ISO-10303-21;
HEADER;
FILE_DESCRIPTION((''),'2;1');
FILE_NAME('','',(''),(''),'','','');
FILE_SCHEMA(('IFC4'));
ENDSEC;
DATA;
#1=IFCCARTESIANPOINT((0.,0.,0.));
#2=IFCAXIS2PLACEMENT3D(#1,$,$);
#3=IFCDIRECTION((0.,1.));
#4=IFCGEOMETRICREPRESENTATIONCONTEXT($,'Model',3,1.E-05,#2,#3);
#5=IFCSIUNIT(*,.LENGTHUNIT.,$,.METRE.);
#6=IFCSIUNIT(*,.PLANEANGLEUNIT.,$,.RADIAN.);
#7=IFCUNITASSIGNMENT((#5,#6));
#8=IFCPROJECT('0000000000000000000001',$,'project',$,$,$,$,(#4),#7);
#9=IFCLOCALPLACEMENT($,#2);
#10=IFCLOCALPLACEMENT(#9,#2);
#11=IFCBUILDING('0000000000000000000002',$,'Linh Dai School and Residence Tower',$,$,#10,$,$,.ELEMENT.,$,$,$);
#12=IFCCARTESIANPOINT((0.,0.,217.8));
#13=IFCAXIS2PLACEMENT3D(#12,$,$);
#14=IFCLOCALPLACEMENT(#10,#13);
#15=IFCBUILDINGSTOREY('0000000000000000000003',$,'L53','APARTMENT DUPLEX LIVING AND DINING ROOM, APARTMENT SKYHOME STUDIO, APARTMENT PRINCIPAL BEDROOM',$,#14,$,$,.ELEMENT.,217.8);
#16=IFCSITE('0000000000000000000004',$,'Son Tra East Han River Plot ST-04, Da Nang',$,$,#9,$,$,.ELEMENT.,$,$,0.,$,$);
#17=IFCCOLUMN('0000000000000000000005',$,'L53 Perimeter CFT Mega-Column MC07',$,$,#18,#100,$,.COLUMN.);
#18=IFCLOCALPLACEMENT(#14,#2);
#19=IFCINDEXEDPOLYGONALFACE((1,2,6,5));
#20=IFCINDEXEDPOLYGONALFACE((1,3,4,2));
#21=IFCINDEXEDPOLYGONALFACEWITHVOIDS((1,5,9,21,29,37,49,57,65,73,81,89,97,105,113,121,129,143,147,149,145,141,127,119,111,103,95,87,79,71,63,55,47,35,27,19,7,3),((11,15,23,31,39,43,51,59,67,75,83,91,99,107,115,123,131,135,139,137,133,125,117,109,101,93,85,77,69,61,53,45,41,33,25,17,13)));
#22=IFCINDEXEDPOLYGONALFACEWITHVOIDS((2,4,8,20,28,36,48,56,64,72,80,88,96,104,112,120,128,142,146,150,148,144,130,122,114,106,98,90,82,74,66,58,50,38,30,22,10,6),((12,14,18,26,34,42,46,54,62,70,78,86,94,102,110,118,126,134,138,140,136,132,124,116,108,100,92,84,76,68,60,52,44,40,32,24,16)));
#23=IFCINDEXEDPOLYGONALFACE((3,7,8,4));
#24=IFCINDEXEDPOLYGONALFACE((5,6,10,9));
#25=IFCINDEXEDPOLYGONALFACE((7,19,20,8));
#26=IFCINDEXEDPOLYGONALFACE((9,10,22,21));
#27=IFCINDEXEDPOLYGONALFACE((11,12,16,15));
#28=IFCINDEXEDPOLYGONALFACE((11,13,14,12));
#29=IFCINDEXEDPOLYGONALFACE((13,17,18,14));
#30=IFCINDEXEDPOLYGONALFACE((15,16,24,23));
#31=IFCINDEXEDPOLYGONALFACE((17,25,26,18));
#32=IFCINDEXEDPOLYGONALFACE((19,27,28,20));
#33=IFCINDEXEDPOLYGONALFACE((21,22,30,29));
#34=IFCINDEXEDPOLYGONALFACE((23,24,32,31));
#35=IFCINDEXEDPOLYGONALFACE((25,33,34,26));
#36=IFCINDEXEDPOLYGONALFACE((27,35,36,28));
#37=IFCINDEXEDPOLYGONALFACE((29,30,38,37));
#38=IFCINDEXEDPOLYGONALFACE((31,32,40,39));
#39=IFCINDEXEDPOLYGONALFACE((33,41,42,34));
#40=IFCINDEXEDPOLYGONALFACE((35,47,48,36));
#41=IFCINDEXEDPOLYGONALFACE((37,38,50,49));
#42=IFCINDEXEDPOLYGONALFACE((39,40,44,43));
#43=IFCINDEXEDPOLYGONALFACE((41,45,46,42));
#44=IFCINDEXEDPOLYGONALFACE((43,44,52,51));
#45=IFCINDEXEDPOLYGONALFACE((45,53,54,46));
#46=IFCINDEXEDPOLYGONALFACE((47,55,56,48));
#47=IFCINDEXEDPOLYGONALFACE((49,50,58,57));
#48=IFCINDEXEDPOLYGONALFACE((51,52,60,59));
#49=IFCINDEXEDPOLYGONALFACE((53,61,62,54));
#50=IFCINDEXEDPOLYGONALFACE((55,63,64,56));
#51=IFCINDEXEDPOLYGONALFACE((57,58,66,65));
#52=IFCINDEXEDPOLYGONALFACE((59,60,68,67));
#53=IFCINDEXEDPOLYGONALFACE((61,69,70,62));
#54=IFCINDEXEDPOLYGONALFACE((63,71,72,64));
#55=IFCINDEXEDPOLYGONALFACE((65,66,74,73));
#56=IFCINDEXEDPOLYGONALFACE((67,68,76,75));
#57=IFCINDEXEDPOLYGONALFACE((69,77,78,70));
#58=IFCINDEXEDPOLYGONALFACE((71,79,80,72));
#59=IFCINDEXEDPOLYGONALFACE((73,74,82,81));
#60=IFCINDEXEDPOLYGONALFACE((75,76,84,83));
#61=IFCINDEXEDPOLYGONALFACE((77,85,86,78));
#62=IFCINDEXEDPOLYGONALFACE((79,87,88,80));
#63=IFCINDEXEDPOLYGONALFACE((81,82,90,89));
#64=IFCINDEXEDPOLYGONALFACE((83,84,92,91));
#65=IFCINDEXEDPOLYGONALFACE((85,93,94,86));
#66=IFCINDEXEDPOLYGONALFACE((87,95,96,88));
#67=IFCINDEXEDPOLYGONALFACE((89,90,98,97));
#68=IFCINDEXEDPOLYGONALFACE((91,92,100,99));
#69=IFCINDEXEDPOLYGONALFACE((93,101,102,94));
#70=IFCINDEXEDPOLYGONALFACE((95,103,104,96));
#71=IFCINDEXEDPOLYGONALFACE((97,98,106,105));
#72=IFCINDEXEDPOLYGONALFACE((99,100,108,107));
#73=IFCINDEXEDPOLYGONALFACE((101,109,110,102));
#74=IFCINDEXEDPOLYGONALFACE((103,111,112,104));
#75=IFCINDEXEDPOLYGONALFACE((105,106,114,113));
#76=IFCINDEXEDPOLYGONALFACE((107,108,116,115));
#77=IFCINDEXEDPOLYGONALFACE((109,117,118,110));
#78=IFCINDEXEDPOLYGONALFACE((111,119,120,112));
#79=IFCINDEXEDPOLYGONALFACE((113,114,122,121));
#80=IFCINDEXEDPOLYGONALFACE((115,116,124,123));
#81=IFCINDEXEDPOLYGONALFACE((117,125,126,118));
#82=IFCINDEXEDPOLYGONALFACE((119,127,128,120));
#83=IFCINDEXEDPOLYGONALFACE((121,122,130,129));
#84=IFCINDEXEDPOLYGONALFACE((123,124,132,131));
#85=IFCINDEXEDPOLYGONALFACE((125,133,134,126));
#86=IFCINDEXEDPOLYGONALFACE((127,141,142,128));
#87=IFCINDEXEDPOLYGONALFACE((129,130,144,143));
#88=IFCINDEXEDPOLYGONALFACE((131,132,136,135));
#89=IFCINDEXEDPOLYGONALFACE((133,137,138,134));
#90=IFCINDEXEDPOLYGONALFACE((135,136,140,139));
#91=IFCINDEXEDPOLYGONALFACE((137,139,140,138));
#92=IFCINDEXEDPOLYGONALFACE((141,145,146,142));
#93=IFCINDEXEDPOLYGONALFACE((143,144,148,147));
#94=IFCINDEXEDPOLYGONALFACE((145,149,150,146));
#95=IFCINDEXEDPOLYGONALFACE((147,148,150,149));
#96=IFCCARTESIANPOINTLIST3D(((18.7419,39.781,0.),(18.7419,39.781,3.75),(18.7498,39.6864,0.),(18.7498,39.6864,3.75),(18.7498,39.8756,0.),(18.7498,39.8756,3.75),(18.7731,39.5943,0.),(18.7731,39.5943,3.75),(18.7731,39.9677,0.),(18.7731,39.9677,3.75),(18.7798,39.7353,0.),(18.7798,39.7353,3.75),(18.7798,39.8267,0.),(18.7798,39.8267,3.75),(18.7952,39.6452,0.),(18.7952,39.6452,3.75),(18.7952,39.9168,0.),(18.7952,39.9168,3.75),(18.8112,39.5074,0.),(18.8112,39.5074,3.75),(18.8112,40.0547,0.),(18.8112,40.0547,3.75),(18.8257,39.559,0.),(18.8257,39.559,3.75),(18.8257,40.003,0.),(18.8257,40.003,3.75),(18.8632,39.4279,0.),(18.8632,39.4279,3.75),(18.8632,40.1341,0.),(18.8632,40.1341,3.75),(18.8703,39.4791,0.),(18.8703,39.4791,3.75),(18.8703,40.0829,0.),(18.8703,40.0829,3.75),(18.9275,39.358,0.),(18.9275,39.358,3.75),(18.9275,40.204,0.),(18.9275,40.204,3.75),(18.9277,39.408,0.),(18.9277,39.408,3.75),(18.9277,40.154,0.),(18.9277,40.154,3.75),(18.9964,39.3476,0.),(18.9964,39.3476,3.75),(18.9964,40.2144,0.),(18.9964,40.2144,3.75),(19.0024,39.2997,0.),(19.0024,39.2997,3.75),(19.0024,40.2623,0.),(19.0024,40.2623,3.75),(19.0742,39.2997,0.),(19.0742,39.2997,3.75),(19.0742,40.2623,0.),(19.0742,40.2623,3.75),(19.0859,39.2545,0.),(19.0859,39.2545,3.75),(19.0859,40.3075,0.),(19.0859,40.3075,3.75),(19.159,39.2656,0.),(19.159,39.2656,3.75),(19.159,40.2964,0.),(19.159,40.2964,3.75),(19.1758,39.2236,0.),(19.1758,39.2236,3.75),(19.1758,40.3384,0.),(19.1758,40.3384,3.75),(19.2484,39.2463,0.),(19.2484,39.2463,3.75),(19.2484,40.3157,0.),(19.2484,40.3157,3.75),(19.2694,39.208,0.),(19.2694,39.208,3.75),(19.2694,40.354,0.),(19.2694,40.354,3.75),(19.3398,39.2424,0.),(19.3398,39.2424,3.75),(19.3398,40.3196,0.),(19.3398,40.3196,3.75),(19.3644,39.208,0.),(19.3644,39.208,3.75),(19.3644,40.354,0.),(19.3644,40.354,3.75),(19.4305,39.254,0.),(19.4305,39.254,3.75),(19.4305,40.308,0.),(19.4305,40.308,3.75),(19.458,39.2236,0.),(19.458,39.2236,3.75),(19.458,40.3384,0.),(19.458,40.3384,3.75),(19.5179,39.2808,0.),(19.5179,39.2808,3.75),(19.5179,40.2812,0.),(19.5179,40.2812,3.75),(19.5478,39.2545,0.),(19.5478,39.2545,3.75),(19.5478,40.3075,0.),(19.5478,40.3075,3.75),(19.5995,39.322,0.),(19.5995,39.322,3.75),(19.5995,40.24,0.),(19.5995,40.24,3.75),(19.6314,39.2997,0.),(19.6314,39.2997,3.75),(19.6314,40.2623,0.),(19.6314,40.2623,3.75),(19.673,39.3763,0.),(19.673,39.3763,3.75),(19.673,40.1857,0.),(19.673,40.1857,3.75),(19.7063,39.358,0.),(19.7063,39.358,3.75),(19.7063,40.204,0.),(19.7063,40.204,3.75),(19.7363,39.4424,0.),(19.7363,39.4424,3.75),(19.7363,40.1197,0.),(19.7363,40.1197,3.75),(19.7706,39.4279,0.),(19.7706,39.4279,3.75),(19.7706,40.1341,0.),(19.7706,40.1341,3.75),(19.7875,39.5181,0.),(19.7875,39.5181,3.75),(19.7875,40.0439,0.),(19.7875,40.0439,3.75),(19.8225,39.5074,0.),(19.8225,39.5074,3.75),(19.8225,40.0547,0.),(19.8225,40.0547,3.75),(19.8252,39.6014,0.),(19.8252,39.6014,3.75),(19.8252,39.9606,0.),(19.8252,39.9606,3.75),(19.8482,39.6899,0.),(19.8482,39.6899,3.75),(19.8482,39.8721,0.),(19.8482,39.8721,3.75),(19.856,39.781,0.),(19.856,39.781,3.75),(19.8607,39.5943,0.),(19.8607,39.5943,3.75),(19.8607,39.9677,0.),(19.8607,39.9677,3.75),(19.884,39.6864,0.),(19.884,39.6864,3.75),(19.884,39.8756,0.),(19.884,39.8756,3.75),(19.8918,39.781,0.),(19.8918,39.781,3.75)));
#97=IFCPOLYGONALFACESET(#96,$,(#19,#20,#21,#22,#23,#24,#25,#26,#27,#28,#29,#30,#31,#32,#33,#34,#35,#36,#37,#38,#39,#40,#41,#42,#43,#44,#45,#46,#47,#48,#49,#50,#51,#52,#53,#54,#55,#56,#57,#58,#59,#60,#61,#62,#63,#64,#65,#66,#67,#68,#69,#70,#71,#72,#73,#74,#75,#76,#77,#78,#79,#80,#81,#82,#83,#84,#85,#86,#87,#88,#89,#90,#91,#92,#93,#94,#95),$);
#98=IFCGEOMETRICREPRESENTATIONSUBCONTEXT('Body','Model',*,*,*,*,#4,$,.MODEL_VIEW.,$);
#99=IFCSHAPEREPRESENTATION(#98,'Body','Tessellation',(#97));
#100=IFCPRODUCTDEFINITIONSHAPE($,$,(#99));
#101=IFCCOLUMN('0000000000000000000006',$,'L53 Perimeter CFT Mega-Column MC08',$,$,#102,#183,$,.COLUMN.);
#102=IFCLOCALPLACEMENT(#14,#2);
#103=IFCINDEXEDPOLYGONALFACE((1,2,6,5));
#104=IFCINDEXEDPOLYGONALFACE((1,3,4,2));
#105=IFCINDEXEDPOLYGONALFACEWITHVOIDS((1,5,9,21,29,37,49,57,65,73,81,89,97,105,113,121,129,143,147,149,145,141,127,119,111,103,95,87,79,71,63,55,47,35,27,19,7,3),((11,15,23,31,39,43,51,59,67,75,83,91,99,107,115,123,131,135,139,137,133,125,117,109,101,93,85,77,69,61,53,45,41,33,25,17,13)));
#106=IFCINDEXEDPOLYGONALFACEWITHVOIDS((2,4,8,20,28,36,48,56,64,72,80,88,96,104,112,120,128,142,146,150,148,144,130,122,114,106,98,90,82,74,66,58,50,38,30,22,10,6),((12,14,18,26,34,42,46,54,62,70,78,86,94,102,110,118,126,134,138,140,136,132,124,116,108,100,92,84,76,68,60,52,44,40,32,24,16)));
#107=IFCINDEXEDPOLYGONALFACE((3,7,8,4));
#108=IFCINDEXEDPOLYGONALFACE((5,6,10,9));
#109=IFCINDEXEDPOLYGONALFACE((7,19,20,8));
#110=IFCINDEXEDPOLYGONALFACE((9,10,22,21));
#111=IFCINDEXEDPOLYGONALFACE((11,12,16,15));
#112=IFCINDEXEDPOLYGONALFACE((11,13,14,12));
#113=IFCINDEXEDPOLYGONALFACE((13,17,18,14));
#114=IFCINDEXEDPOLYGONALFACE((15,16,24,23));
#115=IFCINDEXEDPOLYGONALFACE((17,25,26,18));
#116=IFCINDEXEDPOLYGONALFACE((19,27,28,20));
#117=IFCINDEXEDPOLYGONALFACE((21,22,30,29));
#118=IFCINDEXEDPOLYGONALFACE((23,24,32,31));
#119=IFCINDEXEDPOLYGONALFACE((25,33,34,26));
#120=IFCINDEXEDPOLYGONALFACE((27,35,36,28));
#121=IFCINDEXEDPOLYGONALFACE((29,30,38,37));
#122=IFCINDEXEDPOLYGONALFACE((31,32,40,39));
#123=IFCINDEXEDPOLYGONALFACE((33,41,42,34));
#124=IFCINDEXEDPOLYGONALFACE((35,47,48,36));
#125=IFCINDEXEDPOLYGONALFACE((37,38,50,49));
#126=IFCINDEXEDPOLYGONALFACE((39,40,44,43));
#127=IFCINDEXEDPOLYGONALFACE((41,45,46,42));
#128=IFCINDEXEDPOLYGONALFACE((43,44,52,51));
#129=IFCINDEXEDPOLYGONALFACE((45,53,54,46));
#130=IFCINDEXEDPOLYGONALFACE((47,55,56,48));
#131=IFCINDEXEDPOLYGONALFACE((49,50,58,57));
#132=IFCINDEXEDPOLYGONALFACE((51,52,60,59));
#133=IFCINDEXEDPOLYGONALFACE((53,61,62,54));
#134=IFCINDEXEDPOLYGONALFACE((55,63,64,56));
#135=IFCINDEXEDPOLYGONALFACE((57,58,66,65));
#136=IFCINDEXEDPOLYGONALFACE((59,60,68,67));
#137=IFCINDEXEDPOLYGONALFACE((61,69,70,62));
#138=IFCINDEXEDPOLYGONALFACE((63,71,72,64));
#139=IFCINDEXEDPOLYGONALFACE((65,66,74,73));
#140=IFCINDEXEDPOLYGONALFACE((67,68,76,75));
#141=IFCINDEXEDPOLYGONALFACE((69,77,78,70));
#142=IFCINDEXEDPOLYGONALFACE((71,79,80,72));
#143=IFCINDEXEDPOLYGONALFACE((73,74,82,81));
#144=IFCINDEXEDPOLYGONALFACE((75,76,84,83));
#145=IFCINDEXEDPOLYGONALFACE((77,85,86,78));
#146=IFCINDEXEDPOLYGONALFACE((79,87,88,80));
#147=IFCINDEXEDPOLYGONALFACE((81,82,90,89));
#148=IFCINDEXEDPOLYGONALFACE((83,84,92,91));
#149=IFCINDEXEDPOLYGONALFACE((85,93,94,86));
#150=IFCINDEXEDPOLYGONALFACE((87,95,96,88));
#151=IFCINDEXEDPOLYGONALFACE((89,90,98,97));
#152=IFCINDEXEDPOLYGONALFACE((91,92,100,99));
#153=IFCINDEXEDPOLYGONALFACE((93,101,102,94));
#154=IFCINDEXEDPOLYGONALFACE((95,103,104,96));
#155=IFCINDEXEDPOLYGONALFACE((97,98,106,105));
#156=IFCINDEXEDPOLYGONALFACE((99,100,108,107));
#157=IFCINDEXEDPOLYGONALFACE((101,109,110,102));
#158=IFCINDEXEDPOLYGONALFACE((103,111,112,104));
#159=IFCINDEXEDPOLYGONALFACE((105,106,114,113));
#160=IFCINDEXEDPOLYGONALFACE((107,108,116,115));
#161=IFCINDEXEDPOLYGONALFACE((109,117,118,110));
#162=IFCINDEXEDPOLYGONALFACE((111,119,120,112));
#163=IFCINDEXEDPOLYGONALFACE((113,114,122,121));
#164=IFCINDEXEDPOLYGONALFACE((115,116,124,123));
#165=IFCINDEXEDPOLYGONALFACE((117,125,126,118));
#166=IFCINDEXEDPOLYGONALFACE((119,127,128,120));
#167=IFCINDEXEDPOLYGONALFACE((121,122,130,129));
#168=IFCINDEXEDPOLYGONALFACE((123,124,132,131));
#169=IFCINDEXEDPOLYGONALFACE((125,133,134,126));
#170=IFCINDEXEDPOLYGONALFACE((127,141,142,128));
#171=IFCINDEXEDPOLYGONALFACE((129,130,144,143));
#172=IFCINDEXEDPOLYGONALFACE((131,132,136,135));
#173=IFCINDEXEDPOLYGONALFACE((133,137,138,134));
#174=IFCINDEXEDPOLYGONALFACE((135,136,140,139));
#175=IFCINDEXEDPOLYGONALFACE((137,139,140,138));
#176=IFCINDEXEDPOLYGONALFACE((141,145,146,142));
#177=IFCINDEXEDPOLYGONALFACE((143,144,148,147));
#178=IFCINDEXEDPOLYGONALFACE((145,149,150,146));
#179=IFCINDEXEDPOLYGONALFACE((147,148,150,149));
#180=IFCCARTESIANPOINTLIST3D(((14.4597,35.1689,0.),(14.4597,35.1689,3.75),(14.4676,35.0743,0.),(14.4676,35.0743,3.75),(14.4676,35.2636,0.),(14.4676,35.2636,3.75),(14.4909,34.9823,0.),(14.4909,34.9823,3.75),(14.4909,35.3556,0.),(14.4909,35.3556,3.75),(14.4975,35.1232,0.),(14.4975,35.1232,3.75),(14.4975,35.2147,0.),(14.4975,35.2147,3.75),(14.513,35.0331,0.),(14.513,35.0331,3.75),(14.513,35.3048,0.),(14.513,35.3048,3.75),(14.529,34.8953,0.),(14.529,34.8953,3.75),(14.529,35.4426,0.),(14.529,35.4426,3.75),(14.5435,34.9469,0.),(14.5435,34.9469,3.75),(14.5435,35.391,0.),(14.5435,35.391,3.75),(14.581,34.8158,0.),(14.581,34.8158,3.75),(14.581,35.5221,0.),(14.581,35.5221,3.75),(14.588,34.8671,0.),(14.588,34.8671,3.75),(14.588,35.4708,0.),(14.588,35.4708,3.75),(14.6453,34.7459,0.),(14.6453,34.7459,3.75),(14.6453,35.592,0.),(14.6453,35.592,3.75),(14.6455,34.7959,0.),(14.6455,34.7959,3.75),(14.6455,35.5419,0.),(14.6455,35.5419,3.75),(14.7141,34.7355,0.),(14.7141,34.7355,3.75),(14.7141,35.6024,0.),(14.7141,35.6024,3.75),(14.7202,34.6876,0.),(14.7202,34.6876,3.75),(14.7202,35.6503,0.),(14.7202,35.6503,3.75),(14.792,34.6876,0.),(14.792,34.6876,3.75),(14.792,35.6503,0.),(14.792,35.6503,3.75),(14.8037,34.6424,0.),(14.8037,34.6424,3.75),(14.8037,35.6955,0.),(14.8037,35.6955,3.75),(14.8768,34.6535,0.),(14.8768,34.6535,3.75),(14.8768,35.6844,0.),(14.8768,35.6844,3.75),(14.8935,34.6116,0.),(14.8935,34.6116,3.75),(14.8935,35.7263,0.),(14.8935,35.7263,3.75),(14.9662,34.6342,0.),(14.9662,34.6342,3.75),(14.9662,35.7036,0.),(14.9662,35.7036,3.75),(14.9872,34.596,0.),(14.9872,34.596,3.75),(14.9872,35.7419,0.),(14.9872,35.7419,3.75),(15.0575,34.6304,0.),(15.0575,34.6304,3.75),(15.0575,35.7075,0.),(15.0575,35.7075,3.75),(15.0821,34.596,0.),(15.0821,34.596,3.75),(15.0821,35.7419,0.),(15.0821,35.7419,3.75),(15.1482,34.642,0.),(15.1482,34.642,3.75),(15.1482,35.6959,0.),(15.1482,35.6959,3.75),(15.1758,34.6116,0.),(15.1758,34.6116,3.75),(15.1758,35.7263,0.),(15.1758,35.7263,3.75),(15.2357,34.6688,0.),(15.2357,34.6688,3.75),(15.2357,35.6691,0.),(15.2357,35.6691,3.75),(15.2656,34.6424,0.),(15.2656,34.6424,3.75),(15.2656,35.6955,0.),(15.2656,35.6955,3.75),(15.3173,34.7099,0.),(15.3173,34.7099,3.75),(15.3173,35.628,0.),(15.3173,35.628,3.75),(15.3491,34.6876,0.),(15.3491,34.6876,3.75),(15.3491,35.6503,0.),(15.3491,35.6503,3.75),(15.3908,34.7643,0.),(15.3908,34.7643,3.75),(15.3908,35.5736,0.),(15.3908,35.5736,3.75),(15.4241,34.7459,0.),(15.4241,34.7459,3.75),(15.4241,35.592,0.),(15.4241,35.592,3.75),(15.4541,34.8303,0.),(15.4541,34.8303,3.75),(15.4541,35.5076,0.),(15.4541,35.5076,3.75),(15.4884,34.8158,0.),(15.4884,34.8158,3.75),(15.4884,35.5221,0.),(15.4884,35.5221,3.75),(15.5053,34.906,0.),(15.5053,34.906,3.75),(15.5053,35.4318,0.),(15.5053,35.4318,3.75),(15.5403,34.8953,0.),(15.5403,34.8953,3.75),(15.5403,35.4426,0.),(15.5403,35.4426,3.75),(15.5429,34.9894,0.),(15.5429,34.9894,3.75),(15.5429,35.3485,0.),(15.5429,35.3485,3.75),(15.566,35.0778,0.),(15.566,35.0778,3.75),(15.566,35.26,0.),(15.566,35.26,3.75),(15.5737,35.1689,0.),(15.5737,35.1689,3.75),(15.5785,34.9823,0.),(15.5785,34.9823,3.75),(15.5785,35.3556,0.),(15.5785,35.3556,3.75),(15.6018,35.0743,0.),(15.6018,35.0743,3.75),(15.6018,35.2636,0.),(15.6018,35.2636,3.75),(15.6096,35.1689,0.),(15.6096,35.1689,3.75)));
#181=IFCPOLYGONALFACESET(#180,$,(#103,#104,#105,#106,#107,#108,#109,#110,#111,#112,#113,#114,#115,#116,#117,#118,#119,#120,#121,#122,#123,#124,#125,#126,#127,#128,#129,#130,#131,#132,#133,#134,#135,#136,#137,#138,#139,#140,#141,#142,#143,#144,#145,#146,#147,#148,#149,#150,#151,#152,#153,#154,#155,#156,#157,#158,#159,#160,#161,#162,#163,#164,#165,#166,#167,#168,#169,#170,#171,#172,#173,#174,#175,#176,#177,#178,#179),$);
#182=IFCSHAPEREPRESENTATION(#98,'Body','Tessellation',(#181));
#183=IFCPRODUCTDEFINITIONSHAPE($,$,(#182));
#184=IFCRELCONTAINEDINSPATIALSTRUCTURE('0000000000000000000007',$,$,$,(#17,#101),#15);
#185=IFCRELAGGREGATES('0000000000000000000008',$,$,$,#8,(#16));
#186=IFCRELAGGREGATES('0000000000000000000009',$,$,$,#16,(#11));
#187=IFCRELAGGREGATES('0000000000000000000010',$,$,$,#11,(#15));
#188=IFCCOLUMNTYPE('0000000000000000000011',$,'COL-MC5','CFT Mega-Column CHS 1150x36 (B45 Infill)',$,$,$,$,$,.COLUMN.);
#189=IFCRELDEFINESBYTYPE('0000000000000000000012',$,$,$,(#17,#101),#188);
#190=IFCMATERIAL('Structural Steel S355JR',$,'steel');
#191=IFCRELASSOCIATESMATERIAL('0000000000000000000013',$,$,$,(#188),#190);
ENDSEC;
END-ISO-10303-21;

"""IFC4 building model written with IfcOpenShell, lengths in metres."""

from ifc_helpers import new_model, si_unit, direction, frame, origin, origin_2d, place, context, subcontext, project, spatial, hollow_circle, extrude, material, material_profile, profile_set, type_object, element, save


model = new_model("IFC4")

# Units and contexts
model_context = context("Model", 3, precision=1e-05, world=origin(), true_north=direction((0.0, 1.0)))
body_context = subcontext(model_context, "Body", "Model", "MODEL_VIEW")
ifc_project = project(units=[si_unit("LENGTHUNIT", "METRE"), si_unit("PLANEANGLEUNIT", "RADIAN")], contexts=[model_context])

# Site, building, storey
site_placement = place(None, origin())
site = spatial("IfcSite", under=ifc_project, at=site_placement, Name="Son Tra East Han River Plot ST-04, Da Nang", CompositionType="ELEMENT", RefElevation=0.0)
building_placement = place(site_placement, origin())
building = spatial("IfcBuilding", under=site, at=building_placement, Name="Linh Dai School and Residence Tower", CompositionType="ELEMENT")
storey_placement = place(building_placement, frame((0.0, 0.0, 217.8)))
storey = spatial("IfcBuildingStorey", under=building, at=storey_placement, Name="L53", Description="APARTMENT DUPLEX LIVING AND DINING ROOM, APARTMENT SKYHOME STUDIO, APARTMENT PRINCIPAL BEDROOM", CompositionType="ELEMENT", Elevation=217.8)

# Columns
ifc_material_1 = material(Name="Structural Steel S355JR", Category="steel")
ifc_material_profile_1 = material_profile(ifc_material_1, hollow_circle(Radius=0.575, WallThickness=0.0359, at=origin_2d()), Name="CHS 1150x36")
ifc_profile_set_1 = profile_set([ifc_material_profile_1], Name="Structural Steel S355JR")
column_type = type_object("IfcColumnType", Name="COL-MC5", Description="CFT Mega-Column CHS 1150x36 (B45 Infill)", PredefinedType="COLUMN", material=ifc_profile_set_1)
for number, where, z_axis, x_axis, name in (
    (1, (19.3169, 39.781, 0.0), (0.0, 0.0, 1.0), (1.0, 0.0, 0.0), "L53 Perimeter CFT Mega-Column MC07"),
    (2, (15.0347, 35.1689, 0.0), (0.0, 0.0, 1.0), (1.0, 0.0, 0.0), "L53 Perimeter CFT Mega-Column MC08"),
):
    element("IfcColumn", number, at=place(storey_placement, frame(where, z_axis=z_axis, x_axis=x_axis)), inside=storey, type_object=column_type, Name=name, PredefinedType="COLUMN", context=body_context, shape_type="SweptSolid", body=[
        extrude(hollow_circle(Radius=0.575, WallThickness=0.0359, at=origin_2d()), origin(), (0.0, 0.0, 1.0), 3.75),
    ])

save(model, "model.ifc")
